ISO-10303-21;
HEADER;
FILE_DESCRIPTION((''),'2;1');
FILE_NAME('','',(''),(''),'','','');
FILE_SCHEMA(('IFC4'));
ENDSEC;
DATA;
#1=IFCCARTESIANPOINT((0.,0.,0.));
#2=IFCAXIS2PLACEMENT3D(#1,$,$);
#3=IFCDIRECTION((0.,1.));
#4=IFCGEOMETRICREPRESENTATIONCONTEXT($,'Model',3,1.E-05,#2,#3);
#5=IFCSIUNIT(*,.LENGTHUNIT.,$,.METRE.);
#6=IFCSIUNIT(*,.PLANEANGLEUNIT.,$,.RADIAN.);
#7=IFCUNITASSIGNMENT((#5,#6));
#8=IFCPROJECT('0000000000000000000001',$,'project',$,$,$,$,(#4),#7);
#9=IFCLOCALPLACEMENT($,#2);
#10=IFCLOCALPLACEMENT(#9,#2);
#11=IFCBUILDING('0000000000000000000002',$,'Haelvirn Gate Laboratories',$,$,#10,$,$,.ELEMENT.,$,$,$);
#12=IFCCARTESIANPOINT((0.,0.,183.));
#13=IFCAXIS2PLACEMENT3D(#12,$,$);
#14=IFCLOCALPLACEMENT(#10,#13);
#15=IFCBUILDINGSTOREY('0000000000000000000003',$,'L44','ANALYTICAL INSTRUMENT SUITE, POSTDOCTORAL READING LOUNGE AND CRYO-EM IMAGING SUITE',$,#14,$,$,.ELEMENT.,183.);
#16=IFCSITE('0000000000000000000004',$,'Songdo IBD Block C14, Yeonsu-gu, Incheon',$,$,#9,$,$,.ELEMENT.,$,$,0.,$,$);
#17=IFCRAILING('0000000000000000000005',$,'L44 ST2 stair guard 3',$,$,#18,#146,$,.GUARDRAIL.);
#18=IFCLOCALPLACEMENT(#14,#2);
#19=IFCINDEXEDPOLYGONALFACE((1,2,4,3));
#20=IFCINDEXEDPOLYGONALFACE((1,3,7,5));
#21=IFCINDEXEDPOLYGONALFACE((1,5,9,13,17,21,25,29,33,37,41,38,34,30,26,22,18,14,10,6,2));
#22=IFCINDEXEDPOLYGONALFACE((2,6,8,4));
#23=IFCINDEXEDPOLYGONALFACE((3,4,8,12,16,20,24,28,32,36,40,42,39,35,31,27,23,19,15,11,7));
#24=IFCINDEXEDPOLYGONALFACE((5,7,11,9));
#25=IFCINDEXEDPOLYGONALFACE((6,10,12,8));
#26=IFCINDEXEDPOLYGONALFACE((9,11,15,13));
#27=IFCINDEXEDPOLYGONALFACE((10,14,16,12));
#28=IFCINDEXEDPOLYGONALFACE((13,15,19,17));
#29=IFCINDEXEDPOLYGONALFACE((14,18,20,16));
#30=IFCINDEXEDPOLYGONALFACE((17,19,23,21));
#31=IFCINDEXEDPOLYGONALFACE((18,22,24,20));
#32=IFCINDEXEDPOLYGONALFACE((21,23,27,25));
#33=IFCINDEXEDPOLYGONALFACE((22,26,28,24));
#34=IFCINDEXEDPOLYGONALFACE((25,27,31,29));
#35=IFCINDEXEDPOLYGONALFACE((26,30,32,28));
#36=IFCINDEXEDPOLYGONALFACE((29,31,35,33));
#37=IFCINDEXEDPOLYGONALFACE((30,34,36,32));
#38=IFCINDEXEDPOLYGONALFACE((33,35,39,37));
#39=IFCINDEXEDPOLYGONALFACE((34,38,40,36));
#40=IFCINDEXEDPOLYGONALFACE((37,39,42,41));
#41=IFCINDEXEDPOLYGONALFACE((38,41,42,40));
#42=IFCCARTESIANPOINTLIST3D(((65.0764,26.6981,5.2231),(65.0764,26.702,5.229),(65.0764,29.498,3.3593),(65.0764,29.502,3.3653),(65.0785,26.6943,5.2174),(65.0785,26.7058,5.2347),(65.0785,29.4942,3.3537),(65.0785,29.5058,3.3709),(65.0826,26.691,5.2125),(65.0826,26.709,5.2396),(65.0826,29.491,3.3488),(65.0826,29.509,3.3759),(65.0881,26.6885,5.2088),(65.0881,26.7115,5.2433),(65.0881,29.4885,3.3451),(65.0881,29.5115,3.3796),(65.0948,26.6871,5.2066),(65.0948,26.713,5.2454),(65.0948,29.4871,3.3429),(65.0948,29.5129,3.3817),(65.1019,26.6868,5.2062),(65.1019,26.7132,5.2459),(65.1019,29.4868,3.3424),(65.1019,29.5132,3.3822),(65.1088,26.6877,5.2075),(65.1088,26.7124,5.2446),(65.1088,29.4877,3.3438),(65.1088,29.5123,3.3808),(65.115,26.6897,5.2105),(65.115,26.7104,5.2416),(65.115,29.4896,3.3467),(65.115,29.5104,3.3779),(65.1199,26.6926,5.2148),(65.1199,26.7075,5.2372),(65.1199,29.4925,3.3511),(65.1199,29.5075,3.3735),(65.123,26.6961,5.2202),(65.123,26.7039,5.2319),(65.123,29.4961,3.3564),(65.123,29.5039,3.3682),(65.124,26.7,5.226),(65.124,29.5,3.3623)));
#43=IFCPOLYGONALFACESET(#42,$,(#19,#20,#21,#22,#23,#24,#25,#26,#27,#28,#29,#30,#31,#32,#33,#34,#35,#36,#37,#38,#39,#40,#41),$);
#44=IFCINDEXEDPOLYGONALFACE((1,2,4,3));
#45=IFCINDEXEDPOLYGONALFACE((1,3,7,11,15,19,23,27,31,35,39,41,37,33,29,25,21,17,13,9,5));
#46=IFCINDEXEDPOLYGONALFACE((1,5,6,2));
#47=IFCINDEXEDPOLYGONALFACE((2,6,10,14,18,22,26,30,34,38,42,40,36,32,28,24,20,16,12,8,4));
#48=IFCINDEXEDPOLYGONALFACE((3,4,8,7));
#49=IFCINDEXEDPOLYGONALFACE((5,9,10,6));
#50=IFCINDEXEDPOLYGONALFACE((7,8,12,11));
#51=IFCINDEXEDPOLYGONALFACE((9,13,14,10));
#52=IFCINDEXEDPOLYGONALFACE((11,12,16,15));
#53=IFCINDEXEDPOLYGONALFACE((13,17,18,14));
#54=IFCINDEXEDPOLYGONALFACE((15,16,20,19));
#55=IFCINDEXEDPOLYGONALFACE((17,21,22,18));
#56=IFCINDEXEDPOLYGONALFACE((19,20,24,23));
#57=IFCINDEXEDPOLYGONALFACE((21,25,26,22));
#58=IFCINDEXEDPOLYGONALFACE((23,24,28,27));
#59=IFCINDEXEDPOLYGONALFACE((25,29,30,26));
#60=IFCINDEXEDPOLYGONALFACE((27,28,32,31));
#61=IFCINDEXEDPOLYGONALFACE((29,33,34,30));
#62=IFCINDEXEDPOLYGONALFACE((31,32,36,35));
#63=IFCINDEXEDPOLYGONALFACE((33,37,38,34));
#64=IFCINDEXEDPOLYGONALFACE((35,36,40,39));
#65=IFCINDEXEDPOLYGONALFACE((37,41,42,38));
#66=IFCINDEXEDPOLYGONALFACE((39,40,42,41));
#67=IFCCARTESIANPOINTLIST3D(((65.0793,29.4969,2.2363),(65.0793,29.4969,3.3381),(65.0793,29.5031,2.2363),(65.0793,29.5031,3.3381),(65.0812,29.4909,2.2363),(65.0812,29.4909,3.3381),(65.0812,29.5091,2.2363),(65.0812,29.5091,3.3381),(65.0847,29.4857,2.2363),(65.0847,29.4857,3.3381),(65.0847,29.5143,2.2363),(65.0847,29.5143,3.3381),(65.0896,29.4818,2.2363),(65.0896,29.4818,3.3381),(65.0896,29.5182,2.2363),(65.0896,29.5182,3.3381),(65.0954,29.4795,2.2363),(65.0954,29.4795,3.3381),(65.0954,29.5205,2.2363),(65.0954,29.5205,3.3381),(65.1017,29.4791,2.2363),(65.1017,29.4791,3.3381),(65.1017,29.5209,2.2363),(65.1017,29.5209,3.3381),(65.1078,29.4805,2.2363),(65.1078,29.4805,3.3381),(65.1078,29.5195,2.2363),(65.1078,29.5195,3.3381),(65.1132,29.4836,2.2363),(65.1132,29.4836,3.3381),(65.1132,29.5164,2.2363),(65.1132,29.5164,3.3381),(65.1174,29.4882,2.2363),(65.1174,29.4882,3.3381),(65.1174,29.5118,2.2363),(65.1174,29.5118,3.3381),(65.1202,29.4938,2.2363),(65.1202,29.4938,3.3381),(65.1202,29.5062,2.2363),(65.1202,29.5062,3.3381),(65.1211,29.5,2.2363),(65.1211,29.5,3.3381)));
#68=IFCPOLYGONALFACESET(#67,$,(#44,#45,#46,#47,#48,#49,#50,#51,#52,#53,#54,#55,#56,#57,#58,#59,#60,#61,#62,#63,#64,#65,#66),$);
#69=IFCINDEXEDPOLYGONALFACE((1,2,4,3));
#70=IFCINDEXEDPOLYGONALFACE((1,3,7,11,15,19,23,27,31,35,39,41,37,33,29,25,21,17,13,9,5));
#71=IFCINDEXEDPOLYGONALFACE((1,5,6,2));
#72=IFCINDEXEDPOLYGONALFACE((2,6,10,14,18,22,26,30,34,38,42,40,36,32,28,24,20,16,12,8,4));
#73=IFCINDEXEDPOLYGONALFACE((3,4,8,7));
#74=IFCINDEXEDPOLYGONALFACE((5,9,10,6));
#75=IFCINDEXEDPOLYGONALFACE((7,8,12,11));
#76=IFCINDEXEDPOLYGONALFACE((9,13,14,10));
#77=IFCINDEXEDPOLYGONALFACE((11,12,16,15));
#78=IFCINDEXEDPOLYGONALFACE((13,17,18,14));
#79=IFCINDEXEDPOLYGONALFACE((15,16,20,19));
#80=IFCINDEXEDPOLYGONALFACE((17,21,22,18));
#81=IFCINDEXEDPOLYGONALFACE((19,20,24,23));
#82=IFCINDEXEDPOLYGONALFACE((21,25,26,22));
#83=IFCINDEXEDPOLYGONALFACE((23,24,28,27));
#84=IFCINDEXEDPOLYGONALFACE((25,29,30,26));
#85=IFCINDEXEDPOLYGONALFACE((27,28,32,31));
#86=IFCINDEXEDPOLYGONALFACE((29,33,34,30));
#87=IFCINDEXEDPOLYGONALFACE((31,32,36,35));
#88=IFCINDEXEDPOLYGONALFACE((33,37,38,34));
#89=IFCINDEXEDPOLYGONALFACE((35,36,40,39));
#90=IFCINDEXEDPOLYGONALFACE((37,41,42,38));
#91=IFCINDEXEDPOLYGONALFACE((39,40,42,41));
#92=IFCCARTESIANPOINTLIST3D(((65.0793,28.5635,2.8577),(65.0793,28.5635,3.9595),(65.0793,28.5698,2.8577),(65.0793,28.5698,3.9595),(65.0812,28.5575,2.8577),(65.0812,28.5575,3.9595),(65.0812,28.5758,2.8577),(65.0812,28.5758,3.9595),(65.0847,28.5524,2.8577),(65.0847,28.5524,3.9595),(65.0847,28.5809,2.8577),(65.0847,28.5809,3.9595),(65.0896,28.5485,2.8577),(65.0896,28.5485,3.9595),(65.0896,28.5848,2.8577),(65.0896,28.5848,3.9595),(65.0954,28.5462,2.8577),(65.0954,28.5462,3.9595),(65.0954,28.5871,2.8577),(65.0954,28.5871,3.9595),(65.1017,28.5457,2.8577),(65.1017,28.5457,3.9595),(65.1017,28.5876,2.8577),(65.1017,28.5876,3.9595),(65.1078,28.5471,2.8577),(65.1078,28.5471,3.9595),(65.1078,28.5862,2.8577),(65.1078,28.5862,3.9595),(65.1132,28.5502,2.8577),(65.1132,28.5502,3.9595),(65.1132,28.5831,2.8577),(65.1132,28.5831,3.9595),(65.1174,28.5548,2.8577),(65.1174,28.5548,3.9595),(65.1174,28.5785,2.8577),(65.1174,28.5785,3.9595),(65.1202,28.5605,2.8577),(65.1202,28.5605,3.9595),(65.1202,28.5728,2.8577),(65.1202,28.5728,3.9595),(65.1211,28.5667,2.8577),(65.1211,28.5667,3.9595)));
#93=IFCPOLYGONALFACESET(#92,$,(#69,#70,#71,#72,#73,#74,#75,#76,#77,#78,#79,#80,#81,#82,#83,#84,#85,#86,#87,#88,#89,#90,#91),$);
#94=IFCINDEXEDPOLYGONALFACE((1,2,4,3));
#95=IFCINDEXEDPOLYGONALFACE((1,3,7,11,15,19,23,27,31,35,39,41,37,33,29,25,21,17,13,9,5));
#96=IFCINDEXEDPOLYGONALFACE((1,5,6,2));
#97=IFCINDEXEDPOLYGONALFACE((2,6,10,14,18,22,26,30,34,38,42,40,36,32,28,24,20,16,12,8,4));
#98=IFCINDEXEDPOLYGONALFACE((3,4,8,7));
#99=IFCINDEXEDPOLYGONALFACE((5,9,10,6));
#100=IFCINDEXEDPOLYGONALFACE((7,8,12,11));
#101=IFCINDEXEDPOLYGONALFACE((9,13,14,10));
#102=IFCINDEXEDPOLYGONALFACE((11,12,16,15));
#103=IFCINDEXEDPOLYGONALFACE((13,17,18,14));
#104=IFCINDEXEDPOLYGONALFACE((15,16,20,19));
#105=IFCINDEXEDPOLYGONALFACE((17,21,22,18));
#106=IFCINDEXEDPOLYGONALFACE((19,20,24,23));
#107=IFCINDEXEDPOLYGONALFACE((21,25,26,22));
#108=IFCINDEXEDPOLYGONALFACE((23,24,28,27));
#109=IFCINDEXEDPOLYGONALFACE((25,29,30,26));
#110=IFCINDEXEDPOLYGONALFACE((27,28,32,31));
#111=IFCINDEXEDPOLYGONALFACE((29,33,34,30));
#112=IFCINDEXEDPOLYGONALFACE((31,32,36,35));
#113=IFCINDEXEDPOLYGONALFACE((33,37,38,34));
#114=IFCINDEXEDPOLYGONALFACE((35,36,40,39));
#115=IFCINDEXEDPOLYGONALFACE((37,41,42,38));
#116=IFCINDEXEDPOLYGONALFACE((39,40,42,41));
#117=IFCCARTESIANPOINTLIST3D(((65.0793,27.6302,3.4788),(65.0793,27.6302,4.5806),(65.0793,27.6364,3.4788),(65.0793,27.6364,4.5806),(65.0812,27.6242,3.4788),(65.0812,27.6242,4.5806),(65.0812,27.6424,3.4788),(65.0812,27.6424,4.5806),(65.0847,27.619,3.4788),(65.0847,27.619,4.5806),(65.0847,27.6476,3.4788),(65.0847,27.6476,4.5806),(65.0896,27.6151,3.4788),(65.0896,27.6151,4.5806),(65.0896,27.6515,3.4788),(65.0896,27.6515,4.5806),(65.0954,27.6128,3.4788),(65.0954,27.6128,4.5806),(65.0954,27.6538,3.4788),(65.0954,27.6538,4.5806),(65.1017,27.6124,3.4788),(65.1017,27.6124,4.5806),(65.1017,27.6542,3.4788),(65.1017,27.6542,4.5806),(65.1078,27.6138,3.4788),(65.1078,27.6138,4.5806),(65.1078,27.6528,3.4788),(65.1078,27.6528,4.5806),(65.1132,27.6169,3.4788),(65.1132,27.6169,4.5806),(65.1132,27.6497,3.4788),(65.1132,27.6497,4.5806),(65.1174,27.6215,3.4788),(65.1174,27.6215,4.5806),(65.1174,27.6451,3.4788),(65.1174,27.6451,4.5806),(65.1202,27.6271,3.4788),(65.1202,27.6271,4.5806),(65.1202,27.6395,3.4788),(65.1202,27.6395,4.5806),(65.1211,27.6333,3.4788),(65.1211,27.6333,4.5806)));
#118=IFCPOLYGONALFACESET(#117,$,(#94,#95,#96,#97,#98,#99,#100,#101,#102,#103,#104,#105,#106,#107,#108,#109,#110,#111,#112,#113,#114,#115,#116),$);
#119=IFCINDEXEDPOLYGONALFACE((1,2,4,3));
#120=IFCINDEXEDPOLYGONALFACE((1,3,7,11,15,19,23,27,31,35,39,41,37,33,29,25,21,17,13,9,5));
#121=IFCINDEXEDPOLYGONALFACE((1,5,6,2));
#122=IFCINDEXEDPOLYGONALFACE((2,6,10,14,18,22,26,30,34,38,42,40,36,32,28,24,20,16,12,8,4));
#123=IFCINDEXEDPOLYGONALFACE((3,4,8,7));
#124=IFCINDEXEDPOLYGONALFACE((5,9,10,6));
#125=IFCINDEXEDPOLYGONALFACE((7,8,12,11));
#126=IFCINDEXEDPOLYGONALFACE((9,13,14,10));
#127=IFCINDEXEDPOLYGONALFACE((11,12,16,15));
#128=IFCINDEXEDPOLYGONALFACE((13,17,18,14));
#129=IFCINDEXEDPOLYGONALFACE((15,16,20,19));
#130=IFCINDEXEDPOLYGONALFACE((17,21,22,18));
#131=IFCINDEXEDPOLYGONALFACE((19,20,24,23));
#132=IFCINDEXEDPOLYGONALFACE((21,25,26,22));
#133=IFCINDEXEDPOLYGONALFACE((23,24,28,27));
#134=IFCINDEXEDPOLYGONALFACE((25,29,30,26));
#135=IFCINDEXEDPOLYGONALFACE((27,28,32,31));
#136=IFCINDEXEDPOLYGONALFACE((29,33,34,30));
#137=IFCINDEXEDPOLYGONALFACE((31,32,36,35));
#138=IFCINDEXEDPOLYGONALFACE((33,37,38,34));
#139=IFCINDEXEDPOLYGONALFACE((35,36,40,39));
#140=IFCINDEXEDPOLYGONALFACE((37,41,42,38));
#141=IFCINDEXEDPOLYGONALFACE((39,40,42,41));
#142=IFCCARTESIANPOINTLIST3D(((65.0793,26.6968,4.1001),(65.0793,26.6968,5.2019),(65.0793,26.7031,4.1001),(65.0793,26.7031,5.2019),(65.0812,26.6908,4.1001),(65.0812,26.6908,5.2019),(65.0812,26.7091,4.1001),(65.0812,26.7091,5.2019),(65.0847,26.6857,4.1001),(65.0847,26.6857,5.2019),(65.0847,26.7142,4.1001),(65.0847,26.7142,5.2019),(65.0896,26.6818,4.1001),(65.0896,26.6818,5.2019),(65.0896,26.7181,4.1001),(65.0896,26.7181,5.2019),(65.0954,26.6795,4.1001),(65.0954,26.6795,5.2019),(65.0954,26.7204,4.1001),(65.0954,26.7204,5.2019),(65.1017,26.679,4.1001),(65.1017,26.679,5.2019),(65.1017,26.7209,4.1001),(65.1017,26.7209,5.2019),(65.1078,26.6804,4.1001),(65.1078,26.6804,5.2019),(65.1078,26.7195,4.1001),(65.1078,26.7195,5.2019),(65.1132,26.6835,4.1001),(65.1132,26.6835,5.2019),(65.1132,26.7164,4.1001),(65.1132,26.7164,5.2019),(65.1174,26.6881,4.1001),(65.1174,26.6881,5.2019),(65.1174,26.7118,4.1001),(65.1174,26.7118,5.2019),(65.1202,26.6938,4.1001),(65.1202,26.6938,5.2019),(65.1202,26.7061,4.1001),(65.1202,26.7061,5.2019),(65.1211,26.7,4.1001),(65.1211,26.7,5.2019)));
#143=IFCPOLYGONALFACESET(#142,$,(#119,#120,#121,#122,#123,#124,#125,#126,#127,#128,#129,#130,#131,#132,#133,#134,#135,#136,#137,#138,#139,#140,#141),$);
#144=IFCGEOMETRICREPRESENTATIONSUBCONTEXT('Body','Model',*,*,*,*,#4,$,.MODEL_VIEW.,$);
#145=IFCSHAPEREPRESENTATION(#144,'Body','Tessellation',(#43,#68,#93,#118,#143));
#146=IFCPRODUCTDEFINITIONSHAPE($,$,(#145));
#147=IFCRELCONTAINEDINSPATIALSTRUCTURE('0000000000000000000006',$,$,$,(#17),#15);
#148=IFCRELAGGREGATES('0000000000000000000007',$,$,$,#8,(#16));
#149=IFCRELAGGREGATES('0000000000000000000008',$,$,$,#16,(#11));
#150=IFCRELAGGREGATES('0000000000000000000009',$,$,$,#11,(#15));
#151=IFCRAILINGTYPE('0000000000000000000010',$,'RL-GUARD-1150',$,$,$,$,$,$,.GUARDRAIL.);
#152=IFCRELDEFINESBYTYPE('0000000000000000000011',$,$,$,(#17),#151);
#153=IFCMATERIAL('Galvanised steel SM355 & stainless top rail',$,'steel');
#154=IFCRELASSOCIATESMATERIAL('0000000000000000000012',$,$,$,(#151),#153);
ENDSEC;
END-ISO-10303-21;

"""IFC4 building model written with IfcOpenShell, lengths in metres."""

from ifc_helpers import new_model, si_unit, direction, frame, origin, origin_2d, place, context, subcontext, project, spatial, circle, extrude, source, transform, mapped, material, type_object, element, save


model = new_model("IFC4")

# Units and contexts
model_context = context("Model", 3, precision=1e-05, world=origin(), true_north=direction((0.0, 1.0)))
body_context = subcontext(model_context, "Body", "Model", "MODEL_VIEW")
ifc_project = project(units=[si_unit("LENGTHUNIT", "METRE"), si_unit("PLANEANGLEUNIT", "RADIAN")], contexts=[model_context])

# Site, building, storey
site_placement = place(None, origin())
site = spatial("IfcSite", under=ifc_project, at=site_placement, Name="Songdo IBD Block C14, Yeonsu-gu, Incheon", CompositionType="ELEMENT", RefElevation=0.0)
building_placement = place(site_placement, origin())
building = spatial("IfcBuilding", under=site, at=building_placement, Name="Haelvirn Gate Laboratories", CompositionType="ELEMENT")
storey_placement = place(building_placement, frame((0.0, 0.0, 183.0)))
storey = spatial("IfcBuildingStorey", under=building, at=storey_placement, Name="L44", Description="ANALYTICAL INSTRUMENT SUITE, POSTDOCTORAL READING LOUNGE AND CRYO-EM IMAGING SUITE", CompositionType="ELEMENT", Elevation=183.0)

# Railing
ifc_material_1 = material(Name="Galvanised steel SM355 & stainless top rail", Category="steel")
railing_type_1 = type_object("IfcRailingType", Name="RL-GUARD-1150", PredefinedType="GUARDRAIL", material=ifc_material_1)
shared_shape_1 = source(origin(), body_context, "Body", "SweptSolid", [
    extrude(circle(Radius=0.0239, at=origin_2d()), frame((0.0, 0.0, 1.126), z_axis=(0.0, -0.832452, 0.554097), x_axis=(1.0, 0.0, 0.0)), (0.0, 0.0, 1.0), 3.3635),
    extrude(circle(Radius=0.021, at=origin_2d()), origin(), (0.0, 0.0, 1.0), 1.1018),
    extrude(circle(Radius=0.021, at=origin_2d()), frame((0.0, -0.9333, 0.6213)), (0.0, 0.0, 1.0), 1.1018),
    extrude(circle(Radius=0.021, at=origin_2d()), frame((0.0, -1.8667, 1.2424)), (0.0, 0.0, 1.0), 1.1018),
    extrude(circle(Radius=0.021, at=origin_2d()), frame((0.0, -2.8, 1.8638)), (0.0, 0.0, 1.0), 1.1018),
])
railing_1_placement = place(storey_placement, frame((65.1001, 29.5, 2.2363)))
element("IfcRailing", 1, at=railing_1_placement, inside=storey, type_object=railing_type_1, Name="L44 ST2 stair guard 3", PredefinedType="GUARDRAIL", context=body_context, shape_type="MappedRepresentation", body=[
    mapped(shared_shape_1, transform((0.0, 0.0, 0.0), scale=1.0)),
])

save(model, "model.ifc")
